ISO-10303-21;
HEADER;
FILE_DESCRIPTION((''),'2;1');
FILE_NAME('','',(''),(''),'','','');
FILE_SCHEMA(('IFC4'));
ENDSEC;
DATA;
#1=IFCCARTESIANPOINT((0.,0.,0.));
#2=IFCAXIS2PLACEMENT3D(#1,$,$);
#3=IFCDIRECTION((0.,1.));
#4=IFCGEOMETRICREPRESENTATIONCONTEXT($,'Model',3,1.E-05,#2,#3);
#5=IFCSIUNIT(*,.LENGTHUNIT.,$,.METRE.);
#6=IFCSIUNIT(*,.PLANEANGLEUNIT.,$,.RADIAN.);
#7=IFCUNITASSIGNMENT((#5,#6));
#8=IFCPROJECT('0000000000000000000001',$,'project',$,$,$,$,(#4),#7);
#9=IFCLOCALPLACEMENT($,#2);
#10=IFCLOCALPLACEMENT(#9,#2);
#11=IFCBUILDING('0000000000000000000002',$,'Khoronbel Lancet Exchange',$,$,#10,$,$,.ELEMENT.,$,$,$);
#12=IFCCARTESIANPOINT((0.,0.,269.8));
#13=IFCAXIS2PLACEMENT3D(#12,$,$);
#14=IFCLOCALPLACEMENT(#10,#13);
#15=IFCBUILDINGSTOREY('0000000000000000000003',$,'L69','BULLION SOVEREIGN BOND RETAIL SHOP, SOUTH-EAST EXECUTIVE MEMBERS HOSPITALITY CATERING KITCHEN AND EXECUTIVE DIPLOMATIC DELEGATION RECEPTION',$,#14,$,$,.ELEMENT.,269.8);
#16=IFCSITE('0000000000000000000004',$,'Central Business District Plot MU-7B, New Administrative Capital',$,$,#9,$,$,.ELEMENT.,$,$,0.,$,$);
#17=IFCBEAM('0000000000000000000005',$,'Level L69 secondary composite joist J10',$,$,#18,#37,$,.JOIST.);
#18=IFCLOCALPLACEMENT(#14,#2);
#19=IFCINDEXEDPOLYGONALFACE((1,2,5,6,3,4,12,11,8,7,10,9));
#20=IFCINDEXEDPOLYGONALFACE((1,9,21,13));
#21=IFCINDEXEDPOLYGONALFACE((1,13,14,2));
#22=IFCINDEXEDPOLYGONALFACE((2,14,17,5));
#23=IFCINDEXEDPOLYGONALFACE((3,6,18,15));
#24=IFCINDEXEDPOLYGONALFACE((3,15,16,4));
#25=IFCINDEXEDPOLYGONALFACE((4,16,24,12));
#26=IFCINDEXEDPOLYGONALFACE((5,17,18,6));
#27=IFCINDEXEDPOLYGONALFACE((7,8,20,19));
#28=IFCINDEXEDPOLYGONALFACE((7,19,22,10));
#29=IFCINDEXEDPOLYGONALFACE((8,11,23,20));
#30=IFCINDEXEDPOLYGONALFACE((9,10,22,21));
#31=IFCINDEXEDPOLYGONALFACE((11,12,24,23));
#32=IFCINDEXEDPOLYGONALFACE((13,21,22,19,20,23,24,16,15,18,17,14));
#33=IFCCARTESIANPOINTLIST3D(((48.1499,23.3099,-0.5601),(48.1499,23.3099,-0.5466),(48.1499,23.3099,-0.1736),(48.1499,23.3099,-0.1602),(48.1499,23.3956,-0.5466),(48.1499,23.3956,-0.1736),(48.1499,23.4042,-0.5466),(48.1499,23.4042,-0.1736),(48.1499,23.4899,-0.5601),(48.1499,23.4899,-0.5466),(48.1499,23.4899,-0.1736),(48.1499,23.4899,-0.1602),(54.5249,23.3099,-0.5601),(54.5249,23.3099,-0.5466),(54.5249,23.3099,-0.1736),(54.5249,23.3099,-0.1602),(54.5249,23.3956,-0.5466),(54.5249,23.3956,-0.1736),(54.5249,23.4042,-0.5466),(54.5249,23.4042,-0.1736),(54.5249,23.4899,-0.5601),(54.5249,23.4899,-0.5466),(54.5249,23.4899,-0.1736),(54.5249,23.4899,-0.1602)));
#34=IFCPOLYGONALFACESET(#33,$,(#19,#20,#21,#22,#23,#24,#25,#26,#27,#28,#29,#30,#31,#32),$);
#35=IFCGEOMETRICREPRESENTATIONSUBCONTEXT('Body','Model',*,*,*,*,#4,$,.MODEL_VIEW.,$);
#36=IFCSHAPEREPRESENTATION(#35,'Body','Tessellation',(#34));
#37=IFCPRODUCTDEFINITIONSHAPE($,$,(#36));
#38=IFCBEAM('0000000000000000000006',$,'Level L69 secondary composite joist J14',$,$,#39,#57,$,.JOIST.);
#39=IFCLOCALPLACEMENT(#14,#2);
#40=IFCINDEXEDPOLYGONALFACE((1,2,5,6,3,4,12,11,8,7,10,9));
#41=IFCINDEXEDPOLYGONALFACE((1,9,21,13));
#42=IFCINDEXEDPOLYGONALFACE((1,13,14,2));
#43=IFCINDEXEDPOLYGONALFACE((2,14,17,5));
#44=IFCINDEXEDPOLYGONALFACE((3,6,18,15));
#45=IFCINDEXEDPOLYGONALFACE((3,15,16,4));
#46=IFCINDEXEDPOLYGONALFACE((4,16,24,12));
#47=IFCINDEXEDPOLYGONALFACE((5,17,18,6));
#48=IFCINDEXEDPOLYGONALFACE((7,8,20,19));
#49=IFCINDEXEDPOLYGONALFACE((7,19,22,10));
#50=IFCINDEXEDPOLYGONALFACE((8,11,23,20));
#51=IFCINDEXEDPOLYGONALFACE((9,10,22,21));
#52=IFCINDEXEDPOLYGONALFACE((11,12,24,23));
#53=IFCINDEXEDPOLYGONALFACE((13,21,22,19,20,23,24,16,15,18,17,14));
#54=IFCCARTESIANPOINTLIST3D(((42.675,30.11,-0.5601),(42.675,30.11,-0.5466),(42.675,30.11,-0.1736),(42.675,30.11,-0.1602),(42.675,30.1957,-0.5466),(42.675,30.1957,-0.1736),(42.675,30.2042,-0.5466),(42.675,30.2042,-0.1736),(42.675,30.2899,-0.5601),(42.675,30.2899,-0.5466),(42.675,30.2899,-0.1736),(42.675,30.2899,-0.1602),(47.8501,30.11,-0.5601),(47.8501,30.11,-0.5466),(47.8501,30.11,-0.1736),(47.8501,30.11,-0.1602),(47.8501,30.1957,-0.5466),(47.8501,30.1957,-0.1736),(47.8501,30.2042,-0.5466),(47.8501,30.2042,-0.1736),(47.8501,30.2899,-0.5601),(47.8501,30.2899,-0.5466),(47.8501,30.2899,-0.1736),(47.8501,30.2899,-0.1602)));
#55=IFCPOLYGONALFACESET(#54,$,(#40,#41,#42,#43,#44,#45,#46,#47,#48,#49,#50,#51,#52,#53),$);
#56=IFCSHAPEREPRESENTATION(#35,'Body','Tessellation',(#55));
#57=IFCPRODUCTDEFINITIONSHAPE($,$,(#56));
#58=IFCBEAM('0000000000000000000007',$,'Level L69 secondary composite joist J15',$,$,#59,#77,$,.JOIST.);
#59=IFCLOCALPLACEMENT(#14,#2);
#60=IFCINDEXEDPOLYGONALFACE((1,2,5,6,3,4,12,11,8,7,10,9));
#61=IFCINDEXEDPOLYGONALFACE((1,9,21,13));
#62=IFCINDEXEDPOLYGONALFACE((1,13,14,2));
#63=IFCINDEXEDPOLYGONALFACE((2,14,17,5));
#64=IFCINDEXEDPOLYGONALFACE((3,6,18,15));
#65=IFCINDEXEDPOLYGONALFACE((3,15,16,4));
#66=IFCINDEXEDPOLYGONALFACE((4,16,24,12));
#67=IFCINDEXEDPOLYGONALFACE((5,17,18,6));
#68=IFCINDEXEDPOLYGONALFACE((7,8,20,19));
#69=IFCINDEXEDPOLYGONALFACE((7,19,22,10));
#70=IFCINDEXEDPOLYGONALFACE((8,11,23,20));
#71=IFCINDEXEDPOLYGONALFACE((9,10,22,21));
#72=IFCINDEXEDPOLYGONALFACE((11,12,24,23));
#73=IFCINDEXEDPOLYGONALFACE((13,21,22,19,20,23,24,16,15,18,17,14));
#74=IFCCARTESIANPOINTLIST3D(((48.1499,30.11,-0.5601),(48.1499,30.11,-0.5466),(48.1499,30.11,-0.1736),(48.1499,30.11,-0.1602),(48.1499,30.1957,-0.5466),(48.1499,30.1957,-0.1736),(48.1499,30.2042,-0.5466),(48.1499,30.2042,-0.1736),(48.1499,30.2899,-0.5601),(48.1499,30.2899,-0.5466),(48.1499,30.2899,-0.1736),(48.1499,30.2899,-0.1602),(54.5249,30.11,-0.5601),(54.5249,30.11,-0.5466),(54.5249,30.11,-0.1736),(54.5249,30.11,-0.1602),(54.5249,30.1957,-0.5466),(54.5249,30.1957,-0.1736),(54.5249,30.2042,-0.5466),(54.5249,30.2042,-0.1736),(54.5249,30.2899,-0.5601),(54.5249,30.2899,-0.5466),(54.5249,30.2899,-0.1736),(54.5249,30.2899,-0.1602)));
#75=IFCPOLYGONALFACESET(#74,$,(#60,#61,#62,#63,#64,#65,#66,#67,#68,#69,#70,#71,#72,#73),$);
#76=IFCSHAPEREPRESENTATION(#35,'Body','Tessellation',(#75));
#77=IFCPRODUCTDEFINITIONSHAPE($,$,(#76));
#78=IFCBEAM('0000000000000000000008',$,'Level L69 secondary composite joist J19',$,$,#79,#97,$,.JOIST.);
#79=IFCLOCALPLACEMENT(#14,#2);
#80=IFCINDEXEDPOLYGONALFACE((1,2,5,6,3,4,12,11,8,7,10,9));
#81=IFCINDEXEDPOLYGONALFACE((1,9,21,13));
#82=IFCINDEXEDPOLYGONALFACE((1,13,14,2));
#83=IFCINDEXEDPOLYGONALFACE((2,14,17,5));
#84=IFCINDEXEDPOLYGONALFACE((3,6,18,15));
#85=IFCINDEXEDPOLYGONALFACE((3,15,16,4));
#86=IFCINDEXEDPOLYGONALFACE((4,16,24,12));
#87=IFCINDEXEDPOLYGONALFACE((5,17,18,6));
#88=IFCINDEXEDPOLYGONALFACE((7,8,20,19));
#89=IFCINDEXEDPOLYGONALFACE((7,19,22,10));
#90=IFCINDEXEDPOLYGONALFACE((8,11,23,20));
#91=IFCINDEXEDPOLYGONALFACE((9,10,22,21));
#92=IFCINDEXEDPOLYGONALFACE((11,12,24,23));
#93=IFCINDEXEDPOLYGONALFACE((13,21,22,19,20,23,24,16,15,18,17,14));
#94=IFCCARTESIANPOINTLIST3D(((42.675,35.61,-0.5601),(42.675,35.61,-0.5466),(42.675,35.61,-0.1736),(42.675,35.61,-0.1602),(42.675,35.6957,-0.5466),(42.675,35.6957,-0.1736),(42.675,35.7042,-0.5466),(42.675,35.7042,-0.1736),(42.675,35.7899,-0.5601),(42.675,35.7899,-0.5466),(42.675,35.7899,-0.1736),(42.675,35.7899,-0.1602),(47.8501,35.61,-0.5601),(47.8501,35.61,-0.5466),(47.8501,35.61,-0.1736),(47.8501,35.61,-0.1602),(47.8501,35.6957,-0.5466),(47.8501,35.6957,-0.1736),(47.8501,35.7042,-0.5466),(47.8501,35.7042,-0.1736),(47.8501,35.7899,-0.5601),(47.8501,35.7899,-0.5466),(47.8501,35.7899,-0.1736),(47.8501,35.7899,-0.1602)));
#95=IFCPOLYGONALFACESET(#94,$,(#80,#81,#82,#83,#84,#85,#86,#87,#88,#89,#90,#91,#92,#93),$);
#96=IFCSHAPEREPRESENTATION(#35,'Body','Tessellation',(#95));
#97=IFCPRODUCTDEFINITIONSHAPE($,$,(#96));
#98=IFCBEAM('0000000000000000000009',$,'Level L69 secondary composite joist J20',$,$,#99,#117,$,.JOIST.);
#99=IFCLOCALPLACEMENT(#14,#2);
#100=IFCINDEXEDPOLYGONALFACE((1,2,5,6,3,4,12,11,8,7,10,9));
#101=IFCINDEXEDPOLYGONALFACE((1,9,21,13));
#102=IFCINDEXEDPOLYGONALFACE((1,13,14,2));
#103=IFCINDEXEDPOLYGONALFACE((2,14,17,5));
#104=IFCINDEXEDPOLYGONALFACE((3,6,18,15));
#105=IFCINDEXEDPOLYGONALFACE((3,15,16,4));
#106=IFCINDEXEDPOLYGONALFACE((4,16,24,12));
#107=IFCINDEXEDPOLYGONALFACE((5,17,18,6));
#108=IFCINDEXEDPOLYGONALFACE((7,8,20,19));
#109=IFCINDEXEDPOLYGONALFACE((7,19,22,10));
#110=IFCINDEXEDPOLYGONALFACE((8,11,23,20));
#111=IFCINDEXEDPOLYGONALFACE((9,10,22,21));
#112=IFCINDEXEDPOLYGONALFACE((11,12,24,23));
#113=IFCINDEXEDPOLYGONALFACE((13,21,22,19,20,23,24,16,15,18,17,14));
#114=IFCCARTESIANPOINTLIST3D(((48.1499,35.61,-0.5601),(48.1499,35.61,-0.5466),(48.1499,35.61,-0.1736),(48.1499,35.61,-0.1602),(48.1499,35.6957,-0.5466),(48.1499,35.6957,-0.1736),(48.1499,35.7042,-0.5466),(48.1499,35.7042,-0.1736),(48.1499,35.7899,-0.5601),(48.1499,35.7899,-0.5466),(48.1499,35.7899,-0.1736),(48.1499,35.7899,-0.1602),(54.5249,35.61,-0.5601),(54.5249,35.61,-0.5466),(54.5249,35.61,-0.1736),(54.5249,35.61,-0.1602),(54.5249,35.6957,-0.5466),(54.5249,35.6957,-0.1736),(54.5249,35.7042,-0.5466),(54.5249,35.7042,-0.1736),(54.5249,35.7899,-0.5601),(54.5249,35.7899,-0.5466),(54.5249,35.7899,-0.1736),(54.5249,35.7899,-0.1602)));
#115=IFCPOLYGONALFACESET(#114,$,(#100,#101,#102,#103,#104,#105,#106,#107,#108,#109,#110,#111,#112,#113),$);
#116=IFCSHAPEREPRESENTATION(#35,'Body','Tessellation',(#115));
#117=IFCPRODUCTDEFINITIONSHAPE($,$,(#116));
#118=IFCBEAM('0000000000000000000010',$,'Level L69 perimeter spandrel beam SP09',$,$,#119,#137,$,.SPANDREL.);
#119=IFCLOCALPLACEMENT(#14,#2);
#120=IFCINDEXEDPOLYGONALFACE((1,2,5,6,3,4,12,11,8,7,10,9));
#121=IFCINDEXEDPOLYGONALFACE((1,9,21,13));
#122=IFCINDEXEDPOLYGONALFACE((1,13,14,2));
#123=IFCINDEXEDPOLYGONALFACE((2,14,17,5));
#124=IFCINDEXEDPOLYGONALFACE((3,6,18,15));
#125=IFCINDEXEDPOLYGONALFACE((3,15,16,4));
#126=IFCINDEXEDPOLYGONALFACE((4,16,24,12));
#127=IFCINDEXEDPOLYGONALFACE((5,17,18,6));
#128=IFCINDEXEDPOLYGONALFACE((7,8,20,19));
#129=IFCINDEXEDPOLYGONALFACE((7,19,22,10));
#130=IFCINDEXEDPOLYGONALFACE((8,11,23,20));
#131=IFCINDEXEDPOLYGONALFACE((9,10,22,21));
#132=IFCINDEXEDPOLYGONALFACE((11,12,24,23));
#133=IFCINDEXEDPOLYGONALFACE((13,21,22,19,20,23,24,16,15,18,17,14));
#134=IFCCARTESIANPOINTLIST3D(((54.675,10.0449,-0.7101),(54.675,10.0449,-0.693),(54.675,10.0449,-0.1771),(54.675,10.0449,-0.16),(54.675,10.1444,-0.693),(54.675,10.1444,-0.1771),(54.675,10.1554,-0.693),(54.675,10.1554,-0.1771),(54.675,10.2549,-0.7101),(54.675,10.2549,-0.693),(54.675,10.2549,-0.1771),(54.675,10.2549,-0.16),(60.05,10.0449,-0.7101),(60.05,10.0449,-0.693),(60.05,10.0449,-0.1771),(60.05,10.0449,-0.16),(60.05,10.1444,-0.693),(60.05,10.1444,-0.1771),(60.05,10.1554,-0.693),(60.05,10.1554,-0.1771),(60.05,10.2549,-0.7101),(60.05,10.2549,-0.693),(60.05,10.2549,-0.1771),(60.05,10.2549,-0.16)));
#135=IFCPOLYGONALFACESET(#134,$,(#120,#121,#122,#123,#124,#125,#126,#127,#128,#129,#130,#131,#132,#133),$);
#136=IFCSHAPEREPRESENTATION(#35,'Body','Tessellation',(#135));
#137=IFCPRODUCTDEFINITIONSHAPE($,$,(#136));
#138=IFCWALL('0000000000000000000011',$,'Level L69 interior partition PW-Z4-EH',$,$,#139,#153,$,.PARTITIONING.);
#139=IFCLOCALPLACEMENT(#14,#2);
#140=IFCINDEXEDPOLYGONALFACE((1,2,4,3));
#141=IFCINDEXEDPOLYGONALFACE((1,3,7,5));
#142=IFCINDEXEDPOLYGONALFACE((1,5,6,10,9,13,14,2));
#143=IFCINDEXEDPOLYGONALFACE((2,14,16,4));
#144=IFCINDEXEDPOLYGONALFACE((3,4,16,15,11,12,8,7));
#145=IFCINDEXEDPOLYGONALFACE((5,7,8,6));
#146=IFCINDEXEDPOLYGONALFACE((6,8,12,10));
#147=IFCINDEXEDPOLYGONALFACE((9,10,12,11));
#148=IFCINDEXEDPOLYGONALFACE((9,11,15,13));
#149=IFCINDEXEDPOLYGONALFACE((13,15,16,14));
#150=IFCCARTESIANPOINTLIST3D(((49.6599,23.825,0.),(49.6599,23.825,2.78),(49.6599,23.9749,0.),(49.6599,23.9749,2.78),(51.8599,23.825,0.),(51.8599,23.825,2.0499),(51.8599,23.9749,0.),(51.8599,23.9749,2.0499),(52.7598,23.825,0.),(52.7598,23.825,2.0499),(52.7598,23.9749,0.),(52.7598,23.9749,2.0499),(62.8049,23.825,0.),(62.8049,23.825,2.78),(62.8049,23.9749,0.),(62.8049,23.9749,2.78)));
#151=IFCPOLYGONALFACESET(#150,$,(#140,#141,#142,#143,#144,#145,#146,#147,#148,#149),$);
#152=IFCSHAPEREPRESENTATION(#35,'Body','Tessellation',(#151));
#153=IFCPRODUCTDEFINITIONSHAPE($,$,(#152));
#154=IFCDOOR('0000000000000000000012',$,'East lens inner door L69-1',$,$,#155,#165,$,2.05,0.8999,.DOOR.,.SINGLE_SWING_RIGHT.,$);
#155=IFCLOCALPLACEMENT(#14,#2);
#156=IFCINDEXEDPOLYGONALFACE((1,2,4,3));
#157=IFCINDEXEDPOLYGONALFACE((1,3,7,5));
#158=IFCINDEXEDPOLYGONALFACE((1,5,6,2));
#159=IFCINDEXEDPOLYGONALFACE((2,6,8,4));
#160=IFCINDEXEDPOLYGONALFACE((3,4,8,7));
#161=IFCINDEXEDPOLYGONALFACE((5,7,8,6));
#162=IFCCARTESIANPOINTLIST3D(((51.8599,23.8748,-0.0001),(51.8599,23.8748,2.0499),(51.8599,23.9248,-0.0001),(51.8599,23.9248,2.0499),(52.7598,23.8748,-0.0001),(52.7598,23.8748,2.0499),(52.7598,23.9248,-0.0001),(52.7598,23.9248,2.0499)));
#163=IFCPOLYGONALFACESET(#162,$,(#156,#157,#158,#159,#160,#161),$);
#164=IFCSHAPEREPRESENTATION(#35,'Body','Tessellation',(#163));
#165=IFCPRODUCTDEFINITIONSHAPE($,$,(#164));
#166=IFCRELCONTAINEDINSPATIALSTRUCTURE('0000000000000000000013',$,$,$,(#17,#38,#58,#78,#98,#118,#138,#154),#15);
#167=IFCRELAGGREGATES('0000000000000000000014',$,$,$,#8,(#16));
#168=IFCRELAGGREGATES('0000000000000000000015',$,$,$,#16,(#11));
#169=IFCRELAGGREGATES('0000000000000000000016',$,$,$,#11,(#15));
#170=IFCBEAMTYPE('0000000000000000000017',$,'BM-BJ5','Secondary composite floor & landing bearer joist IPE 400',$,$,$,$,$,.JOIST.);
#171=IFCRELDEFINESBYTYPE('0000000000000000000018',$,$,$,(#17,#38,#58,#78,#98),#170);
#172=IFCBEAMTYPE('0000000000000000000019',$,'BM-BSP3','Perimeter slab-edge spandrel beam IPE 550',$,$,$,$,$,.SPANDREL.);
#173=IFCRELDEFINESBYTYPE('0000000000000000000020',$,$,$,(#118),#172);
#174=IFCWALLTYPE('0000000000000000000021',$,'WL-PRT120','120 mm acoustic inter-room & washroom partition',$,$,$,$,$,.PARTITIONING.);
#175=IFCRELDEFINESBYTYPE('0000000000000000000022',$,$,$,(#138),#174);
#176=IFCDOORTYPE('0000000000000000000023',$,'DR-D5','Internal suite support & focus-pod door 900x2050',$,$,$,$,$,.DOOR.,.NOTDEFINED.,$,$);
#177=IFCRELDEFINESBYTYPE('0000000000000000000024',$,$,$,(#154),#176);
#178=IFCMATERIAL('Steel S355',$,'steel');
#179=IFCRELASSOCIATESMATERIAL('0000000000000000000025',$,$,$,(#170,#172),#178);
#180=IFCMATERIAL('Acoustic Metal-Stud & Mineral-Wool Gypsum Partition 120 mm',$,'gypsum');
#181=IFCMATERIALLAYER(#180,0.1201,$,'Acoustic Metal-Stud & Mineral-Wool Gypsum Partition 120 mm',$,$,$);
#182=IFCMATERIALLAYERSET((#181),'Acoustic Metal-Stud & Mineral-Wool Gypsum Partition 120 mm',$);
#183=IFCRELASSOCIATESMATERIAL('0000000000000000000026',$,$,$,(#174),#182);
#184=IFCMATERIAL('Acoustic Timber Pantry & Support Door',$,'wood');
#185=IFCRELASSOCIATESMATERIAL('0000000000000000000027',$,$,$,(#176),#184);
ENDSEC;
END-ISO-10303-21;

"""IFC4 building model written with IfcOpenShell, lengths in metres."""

from ifc_helpers import new_model, si_unit, direction, frame, frame_2d, origin, origin_2d, place, context, subcontext, project, spatial, rectangle, i_section, extrude, material, layer, layer_set, material_profile, profile_set, type_object, element, fill, save


model = new_model("IFC4")

# Units and contexts
model_context = context("Model", 3, precision=1e-05, world=origin(), true_north=direction((0.0, 1.0)))
body_context = subcontext(model_context, "Body", "Model", "MODEL_VIEW")
ifc_project = project(units=[si_unit("LENGTHUNIT", "METRE"), si_unit("PLANEANGLEUNIT", "RADIAN")], contexts=[model_context])

# Site, building, storey
site_placement = place(None, origin())
site = spatial("IfcSite", under=ifc_project, at=site_placement, Name="Central Business District Plot MU-7B, New Administrative Capital", CompositionType="ELEMENT", RefElevation=0.0)
building_placement = place(site_placement, origin())
building = spatial("IfcBuilding", under=site, at=building_placement, Name="Khoronbel Lancet Exchange", CompositionType="ELEMENT")
storey_placement = place(building_placement, frame((0.0, 0.0, 269.8)))
storey = spatial("IfcBuildingStorey", under=building, at=storey_placement, Name="L69", Description="BULLION SOVEREIGN BOND RETAIL SHOP, SOUTH-EAST EXECUTIVE MEMBERS HOSPITALITY CATERING KITCHEN AND EXECUTIVE DIPLOMATIC DELEGATION RECEPTION", CompositionType="ELEMENT", Elevation=269.8)

# Shared definitions
ifc_material_1 = material(Name="Steel S355", Category="steel")

# Beams
ifc_material_profile_1 = material_profile(ifc_material_1, i_section(OverallWidth=0.1799, OverallDepth=0.3999, WebThickness=0.0085, FlangeThickness=0.0134, at=origin_2d()), Name="IPE 400")
ifc_profile_set_1 = profile_set([ifc_material_profile_1], Name="Steel S355")
beam_type_1 = type_object("IfcBeamType", Name="BM-BJ5", Description="Secondary composite floor & landing bearer joist IPE 400", PredefinedType="JOIST", material=ifc_profile_set_1)
beam_1_placement = place(storey_placement, frame((48.1499, 23.3999, -0.3601), z_axis=(1.0, 0.0, 0.0), x_axis=(0.0, 1.0, 0.0)))
element("IfcBeam", 1, at=beam_1_placement, inside=storey, type_object=beam_type_1, Name="Level L69 secondary composite joist J10", PredefinedType="JOIST", context=body_context, shape_type="SweptSolid", body=[
    extrude(i_section(OverallWidth=0.1799, OverallDepth=0.3999, WebThickness=0.0085, FlangeThickness=0.0134, at=origin_2d()), origin(), (0.0, 0.0, 1.0), 6.375),
])
beam_2_placement = place(storey_placement, frame((42.675, 30.2, -0.3601), z_axis=(1.0, 0.0, 0.0), x_axis=(0.0, 1.0, 0.0)))
element("IfcBeam", 2, at=beam_2_placement, inside=storey, type_object=beam_type_1, Name="Level L69 secondary composite joist J14", PredefinedType="JOIST", context=body_context, shape_type="SweptSolid", body=[
    extrude(i_section(OverallWidth=0.1799, OverallDepth=0.3999, WebThickness=0.0085, FlangeThickness=0.0134, at=origin_2d()), origin(), (0.0, 0.0, 1.0), 5.175),
])
beam_3_placement = place(storey_placement, frame((48.1499, 30.2, -0.3601), z_axis=(1.0, 0.0, 0.0), x_axis=(0.0, 1.0, 0.0)))
element("IfcBeam", 3, at=beam_3_placement, inside=storey, type_object=beam_type_1, Name="Level L69 secondary composite joist J15", PredefinedType="JOIST", context=body_context, shape_type="SweptSolid", body=[
    extrude(i_section(OverallWidth=0.1799, OverallDepth=0.3999, WebThickness=0.0085, FlangeThickness=0.0134, at=origin_2d()), origin(), (0.0, 0.0, 1.0), 6.375),
])
beam_4_placement = place(storey_placement, frame((42.675, 35.7, -0.3601), z_axis=(1.0, 0.0, 0.0), x_axis=(0.0, 1.0, 0.0)))
element("IfcBeam", 4, at=beam_4_placement, inside=storey, type_object=beam_type_1, Name="Level L69 secondary composite joist J19", PredefinedType="JOIST", context=body_context, shape_type="SweptSolid", body=[
    extrude(i_section(OverallWidth=0.1799, OverallDepth=0.3999, WebThickness=0.0085, FlangeThickness=0.0134, at=origin_2d()), origin(), (0.0, 0.0, 1.0), 5.175),
])
beam_5_placement = place(storey_placement, frame((48.1499, 35.7, -0.3601), z_axis=(1.0, 0.0, 0.0), x_axis=(0.0, 1.0, 0.0)))
element("IfcBeam", 5, at=beam_5_placement, inside=storey, type_object=beam_type_1, Name="Level L69 secondary composite joist J20", PredefinedType="JOIST", context=body_context, shape_type="SweptSolid", body=[
    extrude(i_section(OverallWidth=0.1799, OverallDepth=0.3999, WebThickness=0.0085, FlangeThickness=0.0134, at=origin_2d()), origin(), (0.0, 0.0, 1.0), 6.375),
])
ifc_material_profile_2 = material_profile(ifc_material_1, i_section(OverallWidth=0.21, OverallDepth=0.55, WebThickness=0.011, FlangeThickness=0.0171, at=origin_2d()), Name="IPE 550")
ifc_profile_set_2 = profile_set([ifc_material_profile_2], Name="Steel S355")
beam_type_2 = type_object("IfcBeamType", Name="BM-BSP3", Description="Perimeter slab-edge spandrel beam IPE 550", PredefinedType="SPANDREL", material=ifc_profile_set_2)
beam_6_placement = place(storey_placement, frame((54.675, 10.1499, -0.4351), z_axis=(1.0, 0.0, 0.0), x_axis=(0.0, 1.0, 0.0)))
element("IfcBeam", 6, at=beam_6_placement, inside=storey, type_object=beam_type_2, Name="Level L69 perimeter spandrel beam SP09", PredefinedType="SPANDREL", context=body_context, shape_type="SweptSolid", body=[
    extrude(i_section(OverallWidth=0.21, OverallDepth=0.55, WebThickness=0.011, FlangeThickness=0.0171, at=origin_2d()), origin(), (0.0, 0.0, 1.0), 5.375),
])

# Wall, opening, door
ifc_material_2 = material(Name="Acoustic Metal-Stud & Mineral-Wool Gypsum Partition 120 mm", Category="gypsum")
ifc_layer_1 = layer(ifc_material_2, 0.1201, Name="Acoustic Metal-Stud & Mineral-Wool Gypsum Partition 120 mm")
ifc_layer_set_1 = layer_set([ifc_layer_1], Name="Acoustic Metal-Stud & Mineral-Wool Gypsum Partition 120 mm")
wall_type_1 = type_object("IfcWallType", Name="WL-PRT120", Description="120 mm acoustic inter-room & washroom partition", PredefinedType="PARTITIONING", material=ifc_layer_set_1)
wall_1_placement = place(storey_placement, frame((49.6599, 23.8999, 0.0), z_axis=(0.0, 0.0, 1.0), x_axis=(1.0, 0.0, 0.0)))
wall_1 = element("IfcWall", 7, at=wall_1_placement, inside=storey, type_object=wall_type_1, Name="Level L69 interior partition PW-Z4-EH", PredefinedType="PARTITIONING", context=body_context, shape_type="SweptSolid", body=[
    extrude(rectangle(XDim=13.145, YDim=0.1499, at=frame_2d((6.5725, 0.0))), origin(), (0.0, 0.0, 1.0), 2.78),
])
opening_1_placement = place(wall_1_placement, frame((2.2, 0.0, 0.0)))
opening_1 = element("IfcOpeningElement", 8, at=opening_1_placement, cuts=wall_1, PredefinedType="OPENING", context=body_context, shape_type="SweptSolid", body=[
    extrude(rectangle(XDim=0.8999, YDim=2.05, at=frame_2d((0.45, 1.0249))), frame((0.0, 0.085, 0.0), z_axis=(0.0, -1.0, 0.0), x_axis=(1.0, 0.0, 0.0)), (0.0, 0.0, 1.0), 0.1699),
])
ifc_material_3 = material(Name="Acoustic Timber Pantry & Support Door", Category="wood")
door_type_1 = type_object("IfcDoorType", Name="DR-D5", Description="Internal suite support & focus-pod door 900x2050", OperationType="NOTDEFINED", PredefinedType="DOOR", material=ifc_material_3)
door_1_placement = place(opening_1_placement, origin())
door_1 = element("IfcDoor", 9, at=door_1_placement, inside=storey, type_object=door_type_1, Name="East lens inner door L69-1", OperationType="SINGLE_SWING_RIGHT", OverallHeight=2.05, OverallWidth=0.8999, PredefinedType="DOOR", context=body_context, shape_type="SweptSolid", body=[
    extrude(rectangle(XDim=0.8999, YDim=2.05, at=frame_2d((0.45, 1.0249))), frame((0.0, 0.0249, 0.0), z_axis=(0.0, -1.0, 0.0), x_axis=(1.0, 0.0, 0.0)), (0.0, 0.0, 1.0), 0.05),
])
fill(opening_1, door_1)

save(model, "model.ifc")
